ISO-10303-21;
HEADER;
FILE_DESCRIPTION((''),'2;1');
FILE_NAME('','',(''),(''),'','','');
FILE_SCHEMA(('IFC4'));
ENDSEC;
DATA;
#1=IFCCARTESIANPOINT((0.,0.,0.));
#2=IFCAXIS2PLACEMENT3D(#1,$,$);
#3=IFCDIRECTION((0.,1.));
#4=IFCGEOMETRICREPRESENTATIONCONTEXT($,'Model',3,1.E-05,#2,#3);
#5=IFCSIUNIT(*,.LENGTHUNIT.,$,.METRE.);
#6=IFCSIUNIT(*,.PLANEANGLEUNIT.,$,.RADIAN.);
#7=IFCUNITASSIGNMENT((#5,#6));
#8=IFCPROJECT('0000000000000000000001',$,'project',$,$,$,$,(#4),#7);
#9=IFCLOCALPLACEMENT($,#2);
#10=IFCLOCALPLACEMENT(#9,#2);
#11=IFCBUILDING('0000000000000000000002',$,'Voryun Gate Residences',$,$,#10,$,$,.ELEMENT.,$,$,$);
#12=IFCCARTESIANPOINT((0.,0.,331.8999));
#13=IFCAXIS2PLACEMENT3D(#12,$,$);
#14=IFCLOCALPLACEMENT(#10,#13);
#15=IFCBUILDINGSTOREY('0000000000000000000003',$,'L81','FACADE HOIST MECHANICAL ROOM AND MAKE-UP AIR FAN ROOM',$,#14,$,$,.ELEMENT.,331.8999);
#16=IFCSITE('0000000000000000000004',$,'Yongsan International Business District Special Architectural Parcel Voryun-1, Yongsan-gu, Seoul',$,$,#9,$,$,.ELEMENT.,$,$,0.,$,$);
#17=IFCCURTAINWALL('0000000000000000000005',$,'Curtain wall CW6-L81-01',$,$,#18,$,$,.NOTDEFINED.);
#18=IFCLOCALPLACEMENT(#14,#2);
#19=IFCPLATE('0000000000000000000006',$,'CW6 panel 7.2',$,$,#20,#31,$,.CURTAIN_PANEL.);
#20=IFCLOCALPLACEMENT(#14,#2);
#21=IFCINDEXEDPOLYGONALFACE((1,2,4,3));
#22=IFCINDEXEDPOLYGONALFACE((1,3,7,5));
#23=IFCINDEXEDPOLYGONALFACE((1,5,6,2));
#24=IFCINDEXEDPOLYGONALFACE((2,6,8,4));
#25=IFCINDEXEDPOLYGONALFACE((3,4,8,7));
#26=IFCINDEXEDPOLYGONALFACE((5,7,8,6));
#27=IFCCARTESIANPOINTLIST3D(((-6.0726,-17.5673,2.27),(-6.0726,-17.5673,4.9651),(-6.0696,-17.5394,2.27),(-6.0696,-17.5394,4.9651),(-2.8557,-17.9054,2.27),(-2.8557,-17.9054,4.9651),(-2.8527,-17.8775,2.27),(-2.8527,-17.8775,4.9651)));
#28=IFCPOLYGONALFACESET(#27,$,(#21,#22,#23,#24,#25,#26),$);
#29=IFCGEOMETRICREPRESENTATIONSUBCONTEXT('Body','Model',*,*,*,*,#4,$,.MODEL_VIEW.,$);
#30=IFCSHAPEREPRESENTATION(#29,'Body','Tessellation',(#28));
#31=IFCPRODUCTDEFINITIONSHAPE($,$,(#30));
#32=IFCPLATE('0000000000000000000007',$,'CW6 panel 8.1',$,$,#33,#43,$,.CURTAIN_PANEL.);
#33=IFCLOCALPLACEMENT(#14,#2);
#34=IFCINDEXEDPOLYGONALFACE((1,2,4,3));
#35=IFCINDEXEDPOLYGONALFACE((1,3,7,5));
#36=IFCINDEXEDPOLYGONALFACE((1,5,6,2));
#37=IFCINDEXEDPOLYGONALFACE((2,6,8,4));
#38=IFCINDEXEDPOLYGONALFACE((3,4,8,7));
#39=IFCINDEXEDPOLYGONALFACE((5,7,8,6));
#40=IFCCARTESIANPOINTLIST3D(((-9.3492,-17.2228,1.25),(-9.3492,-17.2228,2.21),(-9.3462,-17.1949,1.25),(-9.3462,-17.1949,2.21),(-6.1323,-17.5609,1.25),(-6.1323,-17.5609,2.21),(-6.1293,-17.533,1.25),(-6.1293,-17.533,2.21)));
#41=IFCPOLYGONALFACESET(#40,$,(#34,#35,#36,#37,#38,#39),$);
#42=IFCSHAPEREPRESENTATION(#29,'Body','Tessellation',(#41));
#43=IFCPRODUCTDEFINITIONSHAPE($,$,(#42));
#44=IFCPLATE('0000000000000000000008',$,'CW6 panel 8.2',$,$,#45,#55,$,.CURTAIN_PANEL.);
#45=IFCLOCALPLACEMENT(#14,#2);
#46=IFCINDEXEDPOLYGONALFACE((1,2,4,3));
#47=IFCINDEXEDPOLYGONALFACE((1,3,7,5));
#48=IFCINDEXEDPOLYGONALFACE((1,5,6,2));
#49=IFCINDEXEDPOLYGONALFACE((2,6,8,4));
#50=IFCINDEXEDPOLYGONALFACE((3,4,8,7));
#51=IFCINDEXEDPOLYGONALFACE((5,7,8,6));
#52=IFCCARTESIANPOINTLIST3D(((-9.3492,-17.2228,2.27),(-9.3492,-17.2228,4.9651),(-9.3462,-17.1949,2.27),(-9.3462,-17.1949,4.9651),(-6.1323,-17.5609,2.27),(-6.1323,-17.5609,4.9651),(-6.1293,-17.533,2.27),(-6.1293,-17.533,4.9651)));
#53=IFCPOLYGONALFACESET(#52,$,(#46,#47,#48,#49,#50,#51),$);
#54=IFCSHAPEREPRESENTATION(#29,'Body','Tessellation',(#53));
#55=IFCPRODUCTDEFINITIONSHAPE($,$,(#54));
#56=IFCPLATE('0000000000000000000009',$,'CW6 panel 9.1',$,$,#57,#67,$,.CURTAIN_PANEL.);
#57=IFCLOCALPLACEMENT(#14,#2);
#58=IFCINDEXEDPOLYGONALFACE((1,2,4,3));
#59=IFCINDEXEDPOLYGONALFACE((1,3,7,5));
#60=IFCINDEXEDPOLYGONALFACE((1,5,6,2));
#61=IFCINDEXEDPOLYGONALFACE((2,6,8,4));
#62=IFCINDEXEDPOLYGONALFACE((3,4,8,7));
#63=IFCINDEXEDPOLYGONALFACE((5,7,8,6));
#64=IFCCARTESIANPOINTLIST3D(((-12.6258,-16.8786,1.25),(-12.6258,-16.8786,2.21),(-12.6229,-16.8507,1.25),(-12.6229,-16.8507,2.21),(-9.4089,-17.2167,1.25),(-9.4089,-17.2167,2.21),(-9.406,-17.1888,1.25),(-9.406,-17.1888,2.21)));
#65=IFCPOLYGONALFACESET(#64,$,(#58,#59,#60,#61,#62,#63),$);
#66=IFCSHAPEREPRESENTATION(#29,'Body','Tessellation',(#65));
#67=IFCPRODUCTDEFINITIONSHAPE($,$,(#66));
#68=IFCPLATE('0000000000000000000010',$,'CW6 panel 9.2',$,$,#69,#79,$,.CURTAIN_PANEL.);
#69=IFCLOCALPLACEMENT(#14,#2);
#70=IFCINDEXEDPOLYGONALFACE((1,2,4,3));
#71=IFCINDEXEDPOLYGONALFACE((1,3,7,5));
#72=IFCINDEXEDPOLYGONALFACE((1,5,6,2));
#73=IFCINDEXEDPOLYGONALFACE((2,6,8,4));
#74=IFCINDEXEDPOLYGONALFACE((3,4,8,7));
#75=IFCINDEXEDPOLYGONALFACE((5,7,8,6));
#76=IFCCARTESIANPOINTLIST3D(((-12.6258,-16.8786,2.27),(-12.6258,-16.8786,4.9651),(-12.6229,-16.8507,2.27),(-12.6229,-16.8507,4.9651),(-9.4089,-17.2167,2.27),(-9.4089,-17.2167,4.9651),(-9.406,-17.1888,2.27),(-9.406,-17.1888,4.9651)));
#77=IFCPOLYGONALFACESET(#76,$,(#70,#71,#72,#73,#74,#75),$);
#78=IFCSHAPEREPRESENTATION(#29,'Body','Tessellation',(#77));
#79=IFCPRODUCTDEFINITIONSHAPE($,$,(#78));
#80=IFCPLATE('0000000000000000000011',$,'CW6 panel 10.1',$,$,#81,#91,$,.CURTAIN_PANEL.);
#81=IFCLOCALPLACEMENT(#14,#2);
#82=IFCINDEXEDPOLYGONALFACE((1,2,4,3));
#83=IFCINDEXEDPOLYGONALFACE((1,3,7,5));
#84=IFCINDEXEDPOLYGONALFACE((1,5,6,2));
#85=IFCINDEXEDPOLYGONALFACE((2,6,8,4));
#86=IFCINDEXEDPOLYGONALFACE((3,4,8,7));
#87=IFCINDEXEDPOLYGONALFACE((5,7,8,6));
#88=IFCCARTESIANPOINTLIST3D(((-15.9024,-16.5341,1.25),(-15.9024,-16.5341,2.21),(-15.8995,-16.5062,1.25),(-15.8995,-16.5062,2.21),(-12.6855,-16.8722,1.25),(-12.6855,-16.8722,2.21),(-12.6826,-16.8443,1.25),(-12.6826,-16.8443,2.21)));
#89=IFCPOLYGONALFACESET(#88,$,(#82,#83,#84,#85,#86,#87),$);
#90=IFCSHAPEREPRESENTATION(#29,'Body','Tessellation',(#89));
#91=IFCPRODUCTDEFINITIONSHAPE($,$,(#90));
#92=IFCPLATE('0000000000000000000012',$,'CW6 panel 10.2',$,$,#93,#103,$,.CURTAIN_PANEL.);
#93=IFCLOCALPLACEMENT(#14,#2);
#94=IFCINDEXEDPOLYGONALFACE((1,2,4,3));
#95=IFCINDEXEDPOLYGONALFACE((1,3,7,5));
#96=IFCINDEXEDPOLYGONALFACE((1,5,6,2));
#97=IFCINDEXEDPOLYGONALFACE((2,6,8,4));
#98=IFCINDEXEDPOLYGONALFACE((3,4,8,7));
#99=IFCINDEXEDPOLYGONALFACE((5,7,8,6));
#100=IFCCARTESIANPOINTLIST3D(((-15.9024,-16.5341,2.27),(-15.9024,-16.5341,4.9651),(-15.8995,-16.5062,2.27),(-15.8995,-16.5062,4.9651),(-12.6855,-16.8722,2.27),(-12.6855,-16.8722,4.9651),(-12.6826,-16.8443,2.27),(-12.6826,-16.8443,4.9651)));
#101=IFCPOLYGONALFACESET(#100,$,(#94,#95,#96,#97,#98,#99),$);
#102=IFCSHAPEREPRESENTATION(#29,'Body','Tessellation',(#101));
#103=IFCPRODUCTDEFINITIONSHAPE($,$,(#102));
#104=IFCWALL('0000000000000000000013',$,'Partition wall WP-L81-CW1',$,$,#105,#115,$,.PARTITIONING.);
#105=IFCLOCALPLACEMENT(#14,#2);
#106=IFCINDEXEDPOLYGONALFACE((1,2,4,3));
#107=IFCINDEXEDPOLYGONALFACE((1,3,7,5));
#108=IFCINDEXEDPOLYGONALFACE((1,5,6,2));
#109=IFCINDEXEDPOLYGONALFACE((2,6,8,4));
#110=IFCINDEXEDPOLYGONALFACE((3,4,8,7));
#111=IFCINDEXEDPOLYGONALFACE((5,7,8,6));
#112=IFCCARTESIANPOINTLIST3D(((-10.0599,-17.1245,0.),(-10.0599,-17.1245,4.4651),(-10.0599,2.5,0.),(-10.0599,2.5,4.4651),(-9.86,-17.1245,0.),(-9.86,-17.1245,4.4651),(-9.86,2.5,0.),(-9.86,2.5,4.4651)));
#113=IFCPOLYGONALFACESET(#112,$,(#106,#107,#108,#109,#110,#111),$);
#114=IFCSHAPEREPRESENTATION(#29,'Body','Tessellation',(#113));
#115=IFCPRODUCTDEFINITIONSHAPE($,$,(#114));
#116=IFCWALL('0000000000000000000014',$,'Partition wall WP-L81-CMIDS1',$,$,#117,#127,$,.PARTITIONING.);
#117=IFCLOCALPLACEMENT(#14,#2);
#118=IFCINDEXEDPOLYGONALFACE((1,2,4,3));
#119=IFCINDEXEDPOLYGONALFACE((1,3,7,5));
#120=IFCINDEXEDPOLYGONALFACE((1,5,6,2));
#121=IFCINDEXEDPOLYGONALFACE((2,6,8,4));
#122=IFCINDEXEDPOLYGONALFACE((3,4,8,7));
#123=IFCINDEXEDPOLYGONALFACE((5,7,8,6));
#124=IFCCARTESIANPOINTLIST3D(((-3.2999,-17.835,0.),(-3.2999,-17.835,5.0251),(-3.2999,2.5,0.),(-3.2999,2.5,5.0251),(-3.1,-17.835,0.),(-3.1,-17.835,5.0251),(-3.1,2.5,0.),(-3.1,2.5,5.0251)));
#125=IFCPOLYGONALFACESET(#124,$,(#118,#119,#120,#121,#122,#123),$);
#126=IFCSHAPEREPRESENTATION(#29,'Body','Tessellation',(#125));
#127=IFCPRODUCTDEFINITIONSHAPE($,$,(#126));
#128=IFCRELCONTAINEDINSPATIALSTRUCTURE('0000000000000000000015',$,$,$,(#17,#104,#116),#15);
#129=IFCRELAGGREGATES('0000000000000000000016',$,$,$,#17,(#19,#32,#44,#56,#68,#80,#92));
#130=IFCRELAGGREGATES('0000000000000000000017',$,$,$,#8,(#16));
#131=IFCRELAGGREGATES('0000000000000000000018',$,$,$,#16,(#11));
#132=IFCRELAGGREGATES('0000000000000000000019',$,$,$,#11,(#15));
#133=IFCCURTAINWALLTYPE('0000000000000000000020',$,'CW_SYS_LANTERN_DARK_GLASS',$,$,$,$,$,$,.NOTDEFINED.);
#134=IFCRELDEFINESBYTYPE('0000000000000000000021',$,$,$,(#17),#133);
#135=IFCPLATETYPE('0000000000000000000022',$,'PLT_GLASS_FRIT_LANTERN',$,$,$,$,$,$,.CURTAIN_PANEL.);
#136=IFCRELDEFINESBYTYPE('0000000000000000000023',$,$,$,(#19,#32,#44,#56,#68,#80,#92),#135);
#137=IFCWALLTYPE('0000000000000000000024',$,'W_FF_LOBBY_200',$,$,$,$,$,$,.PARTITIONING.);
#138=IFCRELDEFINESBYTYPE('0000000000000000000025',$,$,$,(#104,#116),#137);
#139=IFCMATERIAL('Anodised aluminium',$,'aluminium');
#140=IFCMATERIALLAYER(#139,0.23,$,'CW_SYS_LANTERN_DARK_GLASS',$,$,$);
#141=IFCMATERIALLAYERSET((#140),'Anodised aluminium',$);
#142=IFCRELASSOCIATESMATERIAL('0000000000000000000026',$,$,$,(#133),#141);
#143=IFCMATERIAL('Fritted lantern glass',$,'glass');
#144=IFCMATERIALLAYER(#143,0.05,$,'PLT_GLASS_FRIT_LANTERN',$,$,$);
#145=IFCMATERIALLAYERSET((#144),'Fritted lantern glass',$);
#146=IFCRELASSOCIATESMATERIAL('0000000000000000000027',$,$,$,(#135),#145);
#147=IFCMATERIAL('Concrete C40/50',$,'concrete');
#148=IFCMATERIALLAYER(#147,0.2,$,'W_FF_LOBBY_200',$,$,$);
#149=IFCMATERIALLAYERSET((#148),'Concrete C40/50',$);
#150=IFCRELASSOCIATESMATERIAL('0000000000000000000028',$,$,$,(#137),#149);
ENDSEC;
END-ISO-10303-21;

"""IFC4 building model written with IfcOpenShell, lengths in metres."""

from ifc_helpers import new_model, si_unit, direction, frame, frame_2d, origin, origin_2d, place, context, subcontext, project, spatial, rectangle, extrude, material, layer, layer_set, type_object, element, aggregate, save


model = new_model("IFC4")

# Units and contexts
model_context = context("Model", 3, precision=1e-05, world=origin(), true_north=direction((0.0, 1.0)))
body_context = subcontext(model_context, "Body", "Model", "MODEL_VIEW")
ifc_project = project(units=[si_unit("LENGTHUNIT", "METRE"), si_unit("PLANEANGLEUNIT", "RADIAN")], contexts=[model_context])

# Site, building, storey
site_placement = place(None, origin())
site = spatial("IfcSite", under=ifc_project, at=site_placement, Name="Yongsan International Business District Special Architectural Parcel Voryun-1, Yongsan-gu, Seoul", CompositionType="ELEMENT", RefElevation=0.0)
building_placement = place(site_placement, origin())
building = spatial("IfcBuilding", under=site, at=building_placement, Name="Voryun Gate Residences", CompositionType="ELEMENT")
storey_placement = place(building_placement, frame((0.0, 0.0, 331.8999)))
storey = spatial("IfcBuildingStorey", under=building, at=storey_placement, Name="L81", Description="FACADE HOIST MECHANICAL ROOM AND MAKE-UP AIR FAN ROOM", CompositionType="ELEMENT", Elevation=331.8999)

# Curtain wall
ifc_material_1 = material(Name="Anodised aluminium", Category="aluminium")
ifc_layer_1 = layer(ifc_material_1, 0.23, Name="CW_SYS_LANTERN_DARK_GLASS")
ifc_layer_set_1 = layer_set([ifc_layer_1], Name="Anodised aluminium")
curtain_wall_type = type_object("IfcCurtainWallType", Name="CW_SYS_LANTERN_DARK_GLASS", PredefinedType="NOTDEFINED", material=ifc_layer_set_1)
curtain_wall_placement = place(storey_placement, origin())
curtain_wall = element("IfcCurtainWall", 1, at=curtain_wall_placement, inside=storey, type_object=curtain_wall_type, Name="Curtain wall CW6-L81-01", PredefinedType="NOTDEFINED")

# Plates
ifc_material_2 = material(Name="Fritted lantern glass", Category="glass")
ifc_layer_2 = layer(ifc_material_2, 0.05, Name="PLT_GLASS_FRIT_LANTERN")
ifc_layer_set_2 = layer_set([ifc_layer_2], Name="Fritted lantern glass")
plate_type_1 = type_object("IfcPlateType", Name="PLT_GLASS_FRIT_LANTERN", PredefinedType="CURTAIN_PANEL", material=ifc_layer_set_2)
plate_1_placement = place(storey_placement, frame((-4.4626, -17.7224, 2.27), z_axis=(0.0, 0.0, 1.0), x_axis=(-0.994522, 0.104528, 0.0)))
plate_1 = element("IfcPlate", 2, at=plate_1_placement, type_object=plate_type_1, Name="CW6 panel 7.2", PredefinedType="CURTAIN_PANEL", context=body_context, shape_type="SweptSolid", body=[
    extrude(rectangle(XDim=3.2346, YDim=0.0281, at=origin_2d()), origin(), (0.0, 0.0, 1.0), 2.6951),
])
plate_2_placement = place(storey_placement, frame((-7.7393, -17.3779, 1.25), z_axis=(0.0, 0.0, 1.0), x_axis=(-0.994522, 0.104528, 0.0)))
plate_2 = element("IfcPlate", 3, at=plate_2_placement, type_object=plate_type_1, Name="CW6 panel 8.1", PredefinedType="CURTAIN_PANEL", context=body_context, shape_type="SweptSolid", body=[
    extrude(rectangle(XDim=3.2346, YDim=0.0281, at=origin_2d()), origin(), (0.0, 0.0, 1.0), 0.96),
])
plate_3_placement = place(storey_placement, frame((-7.7393, -17.3779, 2.27), z_axis=(0.0, 0.0, 1.0), x_axis=(-0.994522, 0.104528, 0.0)))
plate_3 = element("IfcPlate", 4, at=plate_3_placement, type_object=plate_type_1, Name="CW6 panel 8.2", PredefinedType="CURTAIN_PANEL", context=body_context, shape_type="SweptSolid", body=[
    extrude(rectangle(XDim=3.2346, YDim=0.0281, at=origin_2d()), origin(), (0.0, 0.0, 1.0), 2.6951),
])
plate_4_placement = place(storey_placement, frame((-11.0159, -17.0337, 1.25), z_axis=(0.0, 0.0, 1.0), x_axis=(-0.994522, 0.104528, 0.0)))
plate_4 = element("IfcPlate", 5, at=plate_4_placement, type_object=plate_type_1, Name="CW6 panel 9.1", PredefinedType="CURTAIN_PANEL", context=body_context, shape_type="SweptSolid", body=[
    extrude(rectangle(XDim=3.2346, YDim=0.0281, at=origin_2d()), origin(), (0.0, 0.0, 1.0), 0.96),
])
plate_5_placement = place(storey_placement, frame((-11.0159, -17.0337, 2.27), z_axis=(0.0, 0.0, 1.0), x_axis=(-0.994522, 0.104528, 0.0)))
plate_5 = element("IfcPlate", 6, at=plate_5_placement, type_object=plate_type_1, Name="CW6 panel 9.2", PredefinedType="CURTAIN_PANEL", context=body_context, shape_type="SweptSolid", body=[
    extrude(rectangle(XDim=3.2346, YDim=0.0281, at=origin_2d()), origin(), (0.0, 0.0, 1.0), 2.6951),
])
plate_6_placement = place(storey_placement, frame((-14.2925, -16.6892, 1.25), z_axis=(0.0, 0.0, 1.0), x_axis=(-0.994522, 0.104528, 0.0)))
plate_6 = element("IfcPlate", 7, at=plate_6_placement, type_object=plate_type_1, Name="CW6 panel 10.1", PredefinedType="CURTAIN_PANEL", context=body_context, shape_type="SweptSolid", body=[
    extrude(rectangle(XDim=3.2346, YDim=0.0281, at=origin_2d()), origin(), (0.0, 0.0, 1.0), 0.96),
])
plate_7_placement = place(storey_placement, frame((-14.2925, -16.6892, 2.27), z_axis=(0.0, 0.0, 1.0), x_axis=(-0.994522, 0.104528, 0.0)))
plate_7 = element("IfcPlate", 8, at=plate_7_placement, type_object=plate_type_1, Name="CW6 panel 10.2", PredefinedType="CURTAIN_PANEL", context=body_context, shape_type="SweptSolid", body=[
    extrude(rectangle(XDim=3.2346, YDim=0.0281, at=origin_2d()), origin(), (0.0, 0.0, 1.0), 2.6951),
])
aggregate(curtain_wall, [plate_1, plate_2, plate_3, plate_4, plate_5, plate_6, plate_7])

# Walls
ifc_material_3 = material(Name="Concrete C40/50", Category="concrete")
ifc_layer_3 = layer(ifc_material_3, 0.2, Name="W_FF_LOBBY_200")
ifc_layer_set_3 = layer_set([ifc_layer_3], Name="Concrete C40/50")
wall_type = type_object("IfcWallType", Name="W_FF_LOBBY_200", PredefinedType="PARTITIONING", material=ifc_layer_set_3)
wall_1_placement = place(storey_placement, frame((-9.96, -17.1245, 0.0), z_axis=(0.0, 0.0, 1.0), x_axis=(0.0, 1.0, 0.0)))
element("IfcWall", 9, at=wall_1_placement, inside=storey, type_object=wall_type, Name="Partition wall WP-L81-CW1", PredefinedType="PARTITIONING", context=body_context, shape_type="SweptSolid", body=[
    extrude(rectangle(XDim=19.6245, YDim=0.2, at=frame_2d((9.8123, 0.0))), origin(), (0.0, 0.0, 1.0), 4.4651),
])
wall_2_placement = place(storey_placement, frame((-3.2, -17.835, 0.0), z_axis=(0.0, 0.0, 1.0), x_axis=(0.0, 1.0, 0.0)))
element("IfcWall", 10, at=wall_2_placement, inside=storey, type_object=wall_type, Name="Partition wall WP-L81-CMIDS1", PredefinedType="PARTITIONING", context=body_context, shape_type="SweptSolid", body=[
    extrude(rectangle(XDim=20.335, YDim=0.2, at=frame_2d((10.1675, 0.0))), origin(), (0.0, 0.0, 1.0), 5.0251),
])

save(model, "model.ifc")
